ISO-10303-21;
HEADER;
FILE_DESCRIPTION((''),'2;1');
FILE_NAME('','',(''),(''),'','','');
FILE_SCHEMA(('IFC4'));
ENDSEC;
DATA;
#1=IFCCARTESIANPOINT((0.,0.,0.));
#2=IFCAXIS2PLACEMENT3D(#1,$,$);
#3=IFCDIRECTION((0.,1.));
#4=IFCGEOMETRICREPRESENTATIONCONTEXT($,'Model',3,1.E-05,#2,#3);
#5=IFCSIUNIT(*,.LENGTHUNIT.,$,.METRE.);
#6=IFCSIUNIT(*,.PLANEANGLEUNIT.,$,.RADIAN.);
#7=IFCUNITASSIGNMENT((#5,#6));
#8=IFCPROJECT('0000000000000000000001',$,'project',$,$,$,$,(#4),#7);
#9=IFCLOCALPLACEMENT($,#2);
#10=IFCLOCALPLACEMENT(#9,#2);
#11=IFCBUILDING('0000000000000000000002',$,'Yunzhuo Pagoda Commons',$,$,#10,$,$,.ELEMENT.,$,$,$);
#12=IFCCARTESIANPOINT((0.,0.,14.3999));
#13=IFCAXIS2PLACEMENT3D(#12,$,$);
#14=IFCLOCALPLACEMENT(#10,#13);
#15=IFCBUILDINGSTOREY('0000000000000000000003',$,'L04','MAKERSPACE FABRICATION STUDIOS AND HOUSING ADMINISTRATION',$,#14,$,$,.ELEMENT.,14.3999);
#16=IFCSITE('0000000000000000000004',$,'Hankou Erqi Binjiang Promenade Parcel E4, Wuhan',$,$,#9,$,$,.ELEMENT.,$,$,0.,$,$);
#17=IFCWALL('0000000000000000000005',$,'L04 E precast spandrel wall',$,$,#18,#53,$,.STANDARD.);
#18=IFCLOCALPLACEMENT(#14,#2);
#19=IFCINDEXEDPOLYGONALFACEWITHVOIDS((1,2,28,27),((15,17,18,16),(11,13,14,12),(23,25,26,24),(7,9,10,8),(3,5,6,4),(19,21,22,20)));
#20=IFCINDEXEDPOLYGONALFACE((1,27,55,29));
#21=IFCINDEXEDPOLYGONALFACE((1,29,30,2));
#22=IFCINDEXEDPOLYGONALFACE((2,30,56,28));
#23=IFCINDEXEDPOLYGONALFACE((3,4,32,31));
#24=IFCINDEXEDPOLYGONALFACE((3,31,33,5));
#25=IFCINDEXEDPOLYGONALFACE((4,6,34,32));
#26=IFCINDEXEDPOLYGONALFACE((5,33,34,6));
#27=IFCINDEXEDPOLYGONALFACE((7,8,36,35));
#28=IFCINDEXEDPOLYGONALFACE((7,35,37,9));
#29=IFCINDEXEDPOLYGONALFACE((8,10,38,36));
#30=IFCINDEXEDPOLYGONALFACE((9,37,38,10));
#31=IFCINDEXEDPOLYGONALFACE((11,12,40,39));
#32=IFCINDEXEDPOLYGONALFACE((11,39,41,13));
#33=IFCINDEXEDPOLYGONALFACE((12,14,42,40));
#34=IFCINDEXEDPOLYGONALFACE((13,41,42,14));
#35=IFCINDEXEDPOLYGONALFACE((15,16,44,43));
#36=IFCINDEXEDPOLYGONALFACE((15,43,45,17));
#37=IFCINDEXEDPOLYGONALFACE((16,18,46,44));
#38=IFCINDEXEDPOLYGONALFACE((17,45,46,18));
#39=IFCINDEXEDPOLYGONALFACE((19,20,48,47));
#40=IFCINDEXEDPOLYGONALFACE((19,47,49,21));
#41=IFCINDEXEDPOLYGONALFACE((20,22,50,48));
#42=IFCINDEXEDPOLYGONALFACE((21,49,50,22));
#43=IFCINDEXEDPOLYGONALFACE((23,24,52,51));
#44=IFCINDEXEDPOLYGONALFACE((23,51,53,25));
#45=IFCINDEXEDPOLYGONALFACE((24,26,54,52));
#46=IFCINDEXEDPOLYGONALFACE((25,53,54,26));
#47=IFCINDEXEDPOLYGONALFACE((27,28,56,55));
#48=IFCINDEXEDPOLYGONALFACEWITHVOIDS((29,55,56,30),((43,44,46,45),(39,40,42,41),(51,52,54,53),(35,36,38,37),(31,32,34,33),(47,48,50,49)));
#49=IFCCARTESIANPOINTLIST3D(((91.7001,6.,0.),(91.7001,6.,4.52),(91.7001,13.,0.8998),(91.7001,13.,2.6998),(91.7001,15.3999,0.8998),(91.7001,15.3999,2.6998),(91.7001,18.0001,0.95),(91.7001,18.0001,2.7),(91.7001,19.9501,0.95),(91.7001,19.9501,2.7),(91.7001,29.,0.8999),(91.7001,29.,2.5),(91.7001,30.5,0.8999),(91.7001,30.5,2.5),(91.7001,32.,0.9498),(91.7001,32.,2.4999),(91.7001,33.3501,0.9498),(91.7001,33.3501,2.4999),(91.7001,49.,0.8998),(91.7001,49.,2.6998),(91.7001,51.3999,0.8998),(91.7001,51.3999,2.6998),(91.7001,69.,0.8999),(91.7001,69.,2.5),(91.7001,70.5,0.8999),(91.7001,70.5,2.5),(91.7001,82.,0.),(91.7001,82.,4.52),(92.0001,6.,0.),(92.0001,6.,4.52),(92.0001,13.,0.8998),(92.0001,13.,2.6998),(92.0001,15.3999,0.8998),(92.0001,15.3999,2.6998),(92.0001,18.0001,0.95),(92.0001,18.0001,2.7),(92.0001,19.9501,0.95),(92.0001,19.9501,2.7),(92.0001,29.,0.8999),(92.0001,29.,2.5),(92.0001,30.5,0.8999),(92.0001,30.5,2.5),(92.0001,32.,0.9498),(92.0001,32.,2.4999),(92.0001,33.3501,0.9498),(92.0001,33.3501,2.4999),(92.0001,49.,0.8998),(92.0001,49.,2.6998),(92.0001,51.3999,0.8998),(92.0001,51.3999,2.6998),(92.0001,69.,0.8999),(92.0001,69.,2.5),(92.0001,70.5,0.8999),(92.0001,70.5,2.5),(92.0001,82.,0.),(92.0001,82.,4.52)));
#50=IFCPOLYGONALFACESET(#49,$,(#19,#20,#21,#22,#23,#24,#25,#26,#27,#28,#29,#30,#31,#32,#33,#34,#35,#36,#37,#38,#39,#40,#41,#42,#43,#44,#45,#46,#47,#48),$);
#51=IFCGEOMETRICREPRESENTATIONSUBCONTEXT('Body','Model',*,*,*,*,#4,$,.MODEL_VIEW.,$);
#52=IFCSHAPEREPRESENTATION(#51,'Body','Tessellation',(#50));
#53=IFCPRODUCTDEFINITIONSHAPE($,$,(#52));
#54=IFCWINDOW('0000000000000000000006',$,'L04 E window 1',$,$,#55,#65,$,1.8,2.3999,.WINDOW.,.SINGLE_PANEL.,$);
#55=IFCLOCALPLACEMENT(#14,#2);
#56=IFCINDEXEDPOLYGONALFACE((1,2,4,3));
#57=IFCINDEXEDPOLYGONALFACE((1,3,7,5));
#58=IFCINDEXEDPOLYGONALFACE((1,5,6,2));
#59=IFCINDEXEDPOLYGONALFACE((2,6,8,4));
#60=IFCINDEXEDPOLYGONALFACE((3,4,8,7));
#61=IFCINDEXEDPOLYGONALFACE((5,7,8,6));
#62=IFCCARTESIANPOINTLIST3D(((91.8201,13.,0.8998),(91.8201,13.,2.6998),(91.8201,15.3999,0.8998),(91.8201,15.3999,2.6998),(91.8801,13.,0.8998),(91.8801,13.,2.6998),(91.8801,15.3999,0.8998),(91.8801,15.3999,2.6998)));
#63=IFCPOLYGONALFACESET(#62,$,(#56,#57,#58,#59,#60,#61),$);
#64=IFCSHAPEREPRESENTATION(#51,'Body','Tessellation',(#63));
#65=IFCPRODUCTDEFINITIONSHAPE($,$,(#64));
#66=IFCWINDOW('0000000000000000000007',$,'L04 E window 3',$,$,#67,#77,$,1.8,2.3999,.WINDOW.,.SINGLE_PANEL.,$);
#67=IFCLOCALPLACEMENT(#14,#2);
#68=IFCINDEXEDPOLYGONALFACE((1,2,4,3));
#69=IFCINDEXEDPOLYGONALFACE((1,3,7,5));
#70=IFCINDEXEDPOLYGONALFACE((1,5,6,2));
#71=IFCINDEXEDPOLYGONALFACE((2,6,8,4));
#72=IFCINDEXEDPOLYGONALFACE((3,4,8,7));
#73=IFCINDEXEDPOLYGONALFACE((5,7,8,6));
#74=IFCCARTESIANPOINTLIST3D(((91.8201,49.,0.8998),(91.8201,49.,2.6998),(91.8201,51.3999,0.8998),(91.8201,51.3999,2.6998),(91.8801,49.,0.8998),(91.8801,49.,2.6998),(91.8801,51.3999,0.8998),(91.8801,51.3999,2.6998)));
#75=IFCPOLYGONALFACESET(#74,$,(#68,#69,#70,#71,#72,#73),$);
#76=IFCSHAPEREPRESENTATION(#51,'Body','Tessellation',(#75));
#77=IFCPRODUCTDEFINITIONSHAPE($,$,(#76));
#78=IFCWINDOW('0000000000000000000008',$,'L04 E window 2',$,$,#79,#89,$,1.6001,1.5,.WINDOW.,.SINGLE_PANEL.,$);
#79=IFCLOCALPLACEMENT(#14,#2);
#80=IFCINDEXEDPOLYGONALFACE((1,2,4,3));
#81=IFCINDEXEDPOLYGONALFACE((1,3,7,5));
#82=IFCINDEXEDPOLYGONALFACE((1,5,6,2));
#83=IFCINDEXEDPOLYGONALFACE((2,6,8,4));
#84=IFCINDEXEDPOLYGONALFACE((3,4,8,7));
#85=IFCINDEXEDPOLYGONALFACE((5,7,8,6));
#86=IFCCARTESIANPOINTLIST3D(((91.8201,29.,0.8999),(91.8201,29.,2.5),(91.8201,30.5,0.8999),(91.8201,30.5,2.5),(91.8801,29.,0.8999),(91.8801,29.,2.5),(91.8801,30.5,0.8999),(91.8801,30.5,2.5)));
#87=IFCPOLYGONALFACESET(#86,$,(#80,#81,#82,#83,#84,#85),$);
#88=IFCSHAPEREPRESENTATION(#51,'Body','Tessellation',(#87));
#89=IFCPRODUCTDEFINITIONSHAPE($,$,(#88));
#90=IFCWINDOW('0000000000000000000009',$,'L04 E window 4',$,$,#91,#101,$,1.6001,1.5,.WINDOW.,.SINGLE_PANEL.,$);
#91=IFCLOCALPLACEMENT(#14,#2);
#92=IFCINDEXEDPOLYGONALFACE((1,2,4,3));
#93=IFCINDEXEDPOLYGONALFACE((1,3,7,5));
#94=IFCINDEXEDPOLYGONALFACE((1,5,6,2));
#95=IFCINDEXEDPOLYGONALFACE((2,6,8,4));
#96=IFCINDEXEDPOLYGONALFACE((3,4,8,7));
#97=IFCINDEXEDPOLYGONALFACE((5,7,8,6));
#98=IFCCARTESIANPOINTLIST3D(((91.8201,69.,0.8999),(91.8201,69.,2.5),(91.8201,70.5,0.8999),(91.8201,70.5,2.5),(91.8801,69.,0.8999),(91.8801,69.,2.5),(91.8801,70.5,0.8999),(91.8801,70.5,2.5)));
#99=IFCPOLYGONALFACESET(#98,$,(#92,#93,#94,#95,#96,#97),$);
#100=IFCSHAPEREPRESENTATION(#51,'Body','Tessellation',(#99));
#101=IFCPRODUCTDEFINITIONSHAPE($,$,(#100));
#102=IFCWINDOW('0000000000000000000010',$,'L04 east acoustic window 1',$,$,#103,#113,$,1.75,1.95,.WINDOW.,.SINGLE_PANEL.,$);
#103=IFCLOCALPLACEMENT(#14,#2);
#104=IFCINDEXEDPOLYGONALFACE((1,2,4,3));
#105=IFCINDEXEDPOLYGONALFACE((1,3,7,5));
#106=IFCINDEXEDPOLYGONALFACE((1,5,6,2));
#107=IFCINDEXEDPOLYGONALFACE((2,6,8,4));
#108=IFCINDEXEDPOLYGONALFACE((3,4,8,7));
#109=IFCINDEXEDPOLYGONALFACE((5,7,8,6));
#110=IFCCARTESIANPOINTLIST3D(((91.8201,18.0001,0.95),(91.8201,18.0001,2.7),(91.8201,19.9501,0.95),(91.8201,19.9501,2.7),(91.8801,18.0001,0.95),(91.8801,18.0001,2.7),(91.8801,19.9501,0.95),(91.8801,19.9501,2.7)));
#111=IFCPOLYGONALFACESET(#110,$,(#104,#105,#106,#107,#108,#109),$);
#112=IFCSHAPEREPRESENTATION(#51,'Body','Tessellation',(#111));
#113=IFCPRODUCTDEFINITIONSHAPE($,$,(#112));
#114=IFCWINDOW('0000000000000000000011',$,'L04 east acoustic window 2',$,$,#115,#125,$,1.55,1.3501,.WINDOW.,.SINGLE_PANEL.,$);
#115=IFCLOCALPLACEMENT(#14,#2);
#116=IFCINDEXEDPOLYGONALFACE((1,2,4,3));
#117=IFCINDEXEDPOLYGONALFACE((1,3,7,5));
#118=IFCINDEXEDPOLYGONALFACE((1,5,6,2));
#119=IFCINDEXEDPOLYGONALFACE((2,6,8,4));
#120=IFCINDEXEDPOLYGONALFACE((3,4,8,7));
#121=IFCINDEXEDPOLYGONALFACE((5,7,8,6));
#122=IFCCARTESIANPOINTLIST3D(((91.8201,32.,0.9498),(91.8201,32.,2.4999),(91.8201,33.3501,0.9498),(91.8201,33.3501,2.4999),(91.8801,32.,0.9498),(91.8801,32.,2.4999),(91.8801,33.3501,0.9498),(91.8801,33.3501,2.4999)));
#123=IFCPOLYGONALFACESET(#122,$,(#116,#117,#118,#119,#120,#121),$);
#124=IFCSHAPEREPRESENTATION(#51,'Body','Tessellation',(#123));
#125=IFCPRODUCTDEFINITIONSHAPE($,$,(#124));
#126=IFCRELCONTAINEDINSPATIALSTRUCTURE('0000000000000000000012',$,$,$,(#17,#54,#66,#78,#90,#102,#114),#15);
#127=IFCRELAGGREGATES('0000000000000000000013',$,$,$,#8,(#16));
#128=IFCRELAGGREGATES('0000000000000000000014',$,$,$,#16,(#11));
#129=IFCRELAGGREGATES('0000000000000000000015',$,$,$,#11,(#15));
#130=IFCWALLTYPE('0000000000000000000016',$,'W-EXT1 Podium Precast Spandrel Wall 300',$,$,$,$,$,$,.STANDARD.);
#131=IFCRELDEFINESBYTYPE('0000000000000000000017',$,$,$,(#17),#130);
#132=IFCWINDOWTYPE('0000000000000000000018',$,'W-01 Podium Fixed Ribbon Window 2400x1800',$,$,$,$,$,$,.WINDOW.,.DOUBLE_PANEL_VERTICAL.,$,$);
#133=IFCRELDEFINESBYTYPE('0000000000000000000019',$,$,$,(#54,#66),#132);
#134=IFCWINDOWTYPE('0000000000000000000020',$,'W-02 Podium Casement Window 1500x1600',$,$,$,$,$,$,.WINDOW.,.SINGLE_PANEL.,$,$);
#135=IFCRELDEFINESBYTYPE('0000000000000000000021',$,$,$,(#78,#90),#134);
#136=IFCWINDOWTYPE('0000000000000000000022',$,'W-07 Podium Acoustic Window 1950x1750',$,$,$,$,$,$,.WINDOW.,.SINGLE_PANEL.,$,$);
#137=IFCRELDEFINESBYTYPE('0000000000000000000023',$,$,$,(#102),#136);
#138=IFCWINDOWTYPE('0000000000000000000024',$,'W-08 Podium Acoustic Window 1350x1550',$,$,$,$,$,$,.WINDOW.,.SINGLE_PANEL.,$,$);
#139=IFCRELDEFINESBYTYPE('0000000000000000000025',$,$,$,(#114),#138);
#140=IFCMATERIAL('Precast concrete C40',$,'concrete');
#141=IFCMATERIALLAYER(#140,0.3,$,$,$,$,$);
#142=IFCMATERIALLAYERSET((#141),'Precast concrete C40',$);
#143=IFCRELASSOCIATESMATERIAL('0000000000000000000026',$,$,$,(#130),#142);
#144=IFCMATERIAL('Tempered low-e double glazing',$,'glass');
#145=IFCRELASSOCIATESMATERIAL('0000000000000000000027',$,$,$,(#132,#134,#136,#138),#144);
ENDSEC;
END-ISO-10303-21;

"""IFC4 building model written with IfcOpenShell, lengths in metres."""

from ifc_helpers import new_model, si_unit, direction, frame, frame_2d, origin, origin_with_axes, place, context, subcontext, project, spatial, rectangle, extrude, source, transform, mapped, material, layer, layer_set, type_object, element, fill, save


model = new_model("IFC4")

# Units and contexts
model_context = context("Model", 3, precision=1e-05, world=origin(), true_north=direction((0.0, 1.0)))
body_context = subcontext(model_context, "Body", "Model", "MODEL_VIEW")
ifc_project = project(units=[si_unit("LENGTHUNIT", "METRE"), si_unit("PLANEANGLEUNIT", "RADIAN")], contexts=[model_context])

# Site, building, storey
site_placement = place(None, origin())
site = spatial("IfcSite", under=ifc_project, at=site_placement, Name="Hankou Erqi Binjiang Promenade Parcel E4, Wuhan", CompositionType="ELEMENT", RefElevation=0.0)
building_placement = place(site_placement, origin())
building = spatial("IfcBuilding", under=site, at=building_placement, Name="Yunzhuo Pagoda Commons", CompositionType="ELEMENT")
storey_placement = place(building_placement, frame((0.0, 0.0, 14.3999)))
storey = spatial("IfcBuildingStorey", under=building, at=storey_placement, Name="L04", Description="MAKERSPACE FABRICATION STUDIOS AND HOUSING ADMINISTRATION", CompositionType="ELEMENT", Elevation=14.3999)

# Shared definitions
ifc_material_1 = material(Name="Tempered low-e double glazing", Category="glass")

# Wall, openings, windows
ifc_material_2 = material(Name="Precast concrete C40", Category="concrete")
ifc_layer_1 = layer(ifc_material_2, 0.3)
ifc_layer_set_1 = layer_set([ifc_layer_1], Name="Precast concrete C40")
wall_type = type_object("IfcWallType", Name="W-EXT1 Podium Precast Spandrel Wall 300", PredefinedType="STANDARD", material=ifc_layer_set_1)
wall_placement = place(storey_placement, frame((91.8501, 6.0, 0.0), z_axis=(0.0, 0.0, 1.0), x_axis=(0.0, 1.0, 0.0)))
wall = element("IfcWall", 1, at=wall_placement, inside=storey, type_object=wall_type, Name="L04 E precast spandrel wall", PredefinedType="STANDARD", context=body_context, shape_type="SweptSolid", body=[
    extrude(rectangle(XDim=76.0, YDim=0.3, at=frame_2d((38.0, 0.0))), origin(), (0.0, 0.0, 1.0), 4.52),
])
opening_1_placement = place(wall_placement, frame((7.0, 0.0, 0.8999)))
opening_1 = element("IfcOpeningElement", 2, at=opening_1_placement, cuts=wall, PredefinedType="OPENING", context=body_context, shape_type="SweptSolid", body=[
    extrude(rectangle(XDim=2.3999, YDim=1.8, at=frame_2d((1.2, 0.8999))), frame((0.0, 0.1602, 0.0), z_axis=(0.0, -1.0, 0.0), x_axis=(1.0, 0.0, 0.0)), (0.0, 0.0, 1.0), 0.3201),
])
opening_2_placement = place(wall_placement, frame((23.0, 0.0, 0.8999)))
opening_2 = element("IfcOpeningElement", 3, at=opening_2_placement, cuts=wall, PredefinedType="OPENING", context=body_context, shape_type="SweptSolid", body=[
    extrude(rectangle(XDim=1.5, YDim=1.6001, at=frame_2d((0.75, 0.8))), frame((0.0, 0.1602, 0.0), z_axis=(0.0, -1.0, 0.0), x_axis=(1.0, 0.0, 0.0)), (0.0, 0.0, 1.0), 0.3201),
])
opening_3_placement = place(wall_placement, frame((43.0, 0.0, 0.8999)))
opening_3 = element("IfcOpeningElement", 4, at=opening_3_placement, cuts=wall, PredefinedType="OPENING", context=body_context, shape_type="SweptSolid", body=[
    extrude(rectangle(XDim=2.3999, YDim=1.8, at=frame_2d((1.2, 0.8999))), frame((0.0, 0.1602, 0.0), z_axis=(0.0, -1.0, 0.0), x_axis=(1.0, 0.0, 0.0)), (0.0, 0.0, 1.0), 0.3201),
])
opening_4_placement = place(wall_placement, frame((63.0, 0.0, 0.8999)))
opening_4 = element("IfcOpeningElement", 5, at=opening_4_placement, cuts=wall, PredefinedType="OPENING", context=body_context, shape_type="SweptSolid", body=[
    extrude(rectangle(XDim=1.5, YDim=1.6001, at=frame_2d((0.75, 0.8))), frame((0.0, 0.1602, 0.0), z_axis=(0.0, -1.0, 0.0), x_axis=(1.0, 0.0, 0.0)), (0.0, 0.0, 1.0), 0.3201),
])
opening_5_placement = place(wall_placement, frame((12.0, 0.0, 0.95)))
opening_5 = element("IfcOpeningElement", 6, at=opening_5_placement, cuts=wall, PredefinedType="OPENING", context=body_context, shape_type="SweptSolid", body=[
    extrude(rectangle(XDim=1.95, YDim=1.75, at=frame_2d((0.9751, 0.875))), frame((0.0, 0.1602, 0.0), z_axis=(0.0, -1.0, 0.0), x_axis=(1.0, 0.0, 0.0)), (0.0, 0.0, 1.0), 0.3201),
])
opening_6_placement = place(wall_placement, frame((26.0, 0.0, 0.95)))
opening_6 = element("IfcOpeningElement", 7, at=opening_6_placement, cuts=wall, PredefinedType="OPENING", context=body_context, shape_type="SweptSolid", body=[
    extrude(rectangle(XDim=1.3501, YDim=1.55, at=frame_2d((0.675, 0.7749))), frame((0.0, 0.1602, 0.0), z_axis=(0.0, -1.0, 0.0), x_axis=(1.0, 0.0, 0.0)), (0.0, 0.0, 1.0), 0.3201),
])
window_type_1 = type_object("IfcWindowType", Name="W-01 Podium Fixed Ribbon Window 2400x1800", PartitioningType="DOUBLE_PANEL_VERTICAL", PredefinedType="WINDOW", material=ifc_material_1)
shared_shape_1 = source(origin(), body_context, "Body", "SweptSolid", [
    extrude(rectangle(XDim=2.3999, YDim=1.8, at=frame_2d((1.2, 0.8999))), frame((0.0, 0.03, 0.0), z_axis=(0.0, -1.0, 0.0), x_axis=(1.0, 0.0, 0.0)), (0.0, 0.0, 1.0), 0.0601),
])
window_1_placement = place(opening_1_placement, origin_with_axes())
window_1 = element("IfcWindow", 8, at=window_1_placement, inside=storey, type_object=window_type_1, Name="L04 E window 1", OverallHeight=1.8, OverallWidth=2.3999, PartitioningType="SINGLE_PANEL", PredefinedType="WINDOW", context=body_context, shape_type="MappedRepresentation", body=[
    mapped(shared_shape_1, transform((0.0, 0.0, 0.0), scale=1.0)),
])
fill(opening_1, window_1)
window_2_placement = place(opening_3_placement, origin_with_axes())
window_2 = element("IfcWindow", 9, at=window_2_placement, inside=storey, type_object=window_type_1, Name="L04 E window 3", OverallHeight=1.8, OverallWidth=2.3999, PartitioningType="SINGLE_PANEL", PredefinedType="WINDOW", context=body_context, shape_type="MappedRepresentation", body=[
    mapped(shared_shape_1, transform((0.0, 0.0, 0.0), scale=1.0)),
])
fill(opening_3, window_2)
window_type_2 = type_object("IfcWindowType", Name="W-02 Podium Casement Window 1500x1600", PartitioningType="SINGLE_PANEL", PredefinedType="WINDOW", material=ifc_material_1)
shared_shape_2 = source(origin(), body_context, "Body", "SweptSolid", [
    extrude(rectangle(XDim=1.5, YDim=1.6001, at=frame_2d((0.75, 0.8))), frame((0.0, 0.03, 0.0), z_axis=(0.0, -1.0, 0.0), x_axis=(1.0, 0.0, 0.0)), (0.0, 0.0, 1.0), 0.0601),
])
window_3_placement = place(opening_2_placement, origin_with_axes())
window_3 = element("IfcWindow", 10, at=window_3_placement, inside=storey, type_object=window_type_2, Name="L04 E window 2", OverallHeight=1.6001, OverallWidth=1.5, PartitioningType="SINGLE_PANEL", PredefinedType="WINDOW", context=body_context, shape_type="MappedRepresentation", body=[
    mapped(shared_shape_2, transform((0.0, 0.0, 0.0), scale=1.0)),
])
fill(opening_2, window_3)
window_4_placement = place(opening_4_placement, origin_with_axes())
window_4 = element("IfcWindow", 11, at=window_4_placement, inside=storey, type_object=window_type_2, Name="L04 E window 4", OverallHeight=1.6001, OverallWidth=1.5, PartitioningType="SINGLE_PANEL", PredefinedType="WINDOW", context=body_context, shape_type="MappedRepresentation", body=[
    mapped(shared_shape_2, transform((0.0, 0.0, 0.0), scale=1.0)),
])
fill(opening_4, window_4)
window_type_3 = type_object("IfcWindowType", Name="W-07 Podium Acoustic Window 1950x1750", PartitioningType="SINGLE_PANEL", PredefinedType="WINDOW", material=ifc_material_1)
shared_shape_3 = source(origin(), body_context, "Body", "SweptSolid", [
    extrude(rectangle(XDim=1.95, YDim=1.75, at=frame_2d((0.9751, 0.875))), frame((0.0, 0.03, 0.0), z_axis=(0.0, -1.0, 0.0), x_axis=(1.0, 0.0, 0.0)), (0.0, 0.0, 1.0), 0.0601),
])
window_5_placement = place(opening_5_placement, origin_with_axes())
window_5 = element("IfcWindow", 12, at=window_5_placement, inside=storey, type_object=window_type_3, Name="L04 east acoustic window 1", OverallHeight=1.75, OverallWidth=1.95, PartitioningType="SINGLE_PANEL", PredefinedType="WINDOW", context=body_context, shape_type="MappedRepresentation", body=[
    mapped(shared_shape_3, transform((0.0, 0.0, 0.0), scale=1.0)),
])
fill(opening_5, window_5)
window_type_4 = type_object("IfcWindowType", Name="W-08 Podium Acoustic Window 1350x1550", PartitioningType="SINGLE_PANEL", PredefinedType="WINDOW", material=ifc_material_1)
shared_shape_4 = source(origin(), body_context, "Body", "SweptSolid", [
    extrude(rectangle(XDim=1.3501, YDim=1.55, at=frame_2d((0.675, 0.7749))), frame((0.0, 0.03, 0.0), z_axis=(0.0, -1.0, 0.0), x_axis=(1.0, 0.0, 0.0)), (0.0, 0.0, 1.0), 0.0601),
])
window_6_placement = place(opening_6_placement, origin_with_axes())
window_6 = element("IfcWindow", 13, at=window_6_placement, inside=storey, type_object=window_type_4, Name="L04 east acoustic window 2", OverallHeight=1.55, OverallWidth=1.3501, PartitioningType="SINGLE_PANEL", PredefinedType="WINDOW", context=body_context, shape_type="MappedRepresentation", body=[
    mapped(shared_shape_4, transform((0.0, 0.0, 0.0), scale=1.0)),
])
fill(opening_6, window_6)

save(model, "model.ifc")
